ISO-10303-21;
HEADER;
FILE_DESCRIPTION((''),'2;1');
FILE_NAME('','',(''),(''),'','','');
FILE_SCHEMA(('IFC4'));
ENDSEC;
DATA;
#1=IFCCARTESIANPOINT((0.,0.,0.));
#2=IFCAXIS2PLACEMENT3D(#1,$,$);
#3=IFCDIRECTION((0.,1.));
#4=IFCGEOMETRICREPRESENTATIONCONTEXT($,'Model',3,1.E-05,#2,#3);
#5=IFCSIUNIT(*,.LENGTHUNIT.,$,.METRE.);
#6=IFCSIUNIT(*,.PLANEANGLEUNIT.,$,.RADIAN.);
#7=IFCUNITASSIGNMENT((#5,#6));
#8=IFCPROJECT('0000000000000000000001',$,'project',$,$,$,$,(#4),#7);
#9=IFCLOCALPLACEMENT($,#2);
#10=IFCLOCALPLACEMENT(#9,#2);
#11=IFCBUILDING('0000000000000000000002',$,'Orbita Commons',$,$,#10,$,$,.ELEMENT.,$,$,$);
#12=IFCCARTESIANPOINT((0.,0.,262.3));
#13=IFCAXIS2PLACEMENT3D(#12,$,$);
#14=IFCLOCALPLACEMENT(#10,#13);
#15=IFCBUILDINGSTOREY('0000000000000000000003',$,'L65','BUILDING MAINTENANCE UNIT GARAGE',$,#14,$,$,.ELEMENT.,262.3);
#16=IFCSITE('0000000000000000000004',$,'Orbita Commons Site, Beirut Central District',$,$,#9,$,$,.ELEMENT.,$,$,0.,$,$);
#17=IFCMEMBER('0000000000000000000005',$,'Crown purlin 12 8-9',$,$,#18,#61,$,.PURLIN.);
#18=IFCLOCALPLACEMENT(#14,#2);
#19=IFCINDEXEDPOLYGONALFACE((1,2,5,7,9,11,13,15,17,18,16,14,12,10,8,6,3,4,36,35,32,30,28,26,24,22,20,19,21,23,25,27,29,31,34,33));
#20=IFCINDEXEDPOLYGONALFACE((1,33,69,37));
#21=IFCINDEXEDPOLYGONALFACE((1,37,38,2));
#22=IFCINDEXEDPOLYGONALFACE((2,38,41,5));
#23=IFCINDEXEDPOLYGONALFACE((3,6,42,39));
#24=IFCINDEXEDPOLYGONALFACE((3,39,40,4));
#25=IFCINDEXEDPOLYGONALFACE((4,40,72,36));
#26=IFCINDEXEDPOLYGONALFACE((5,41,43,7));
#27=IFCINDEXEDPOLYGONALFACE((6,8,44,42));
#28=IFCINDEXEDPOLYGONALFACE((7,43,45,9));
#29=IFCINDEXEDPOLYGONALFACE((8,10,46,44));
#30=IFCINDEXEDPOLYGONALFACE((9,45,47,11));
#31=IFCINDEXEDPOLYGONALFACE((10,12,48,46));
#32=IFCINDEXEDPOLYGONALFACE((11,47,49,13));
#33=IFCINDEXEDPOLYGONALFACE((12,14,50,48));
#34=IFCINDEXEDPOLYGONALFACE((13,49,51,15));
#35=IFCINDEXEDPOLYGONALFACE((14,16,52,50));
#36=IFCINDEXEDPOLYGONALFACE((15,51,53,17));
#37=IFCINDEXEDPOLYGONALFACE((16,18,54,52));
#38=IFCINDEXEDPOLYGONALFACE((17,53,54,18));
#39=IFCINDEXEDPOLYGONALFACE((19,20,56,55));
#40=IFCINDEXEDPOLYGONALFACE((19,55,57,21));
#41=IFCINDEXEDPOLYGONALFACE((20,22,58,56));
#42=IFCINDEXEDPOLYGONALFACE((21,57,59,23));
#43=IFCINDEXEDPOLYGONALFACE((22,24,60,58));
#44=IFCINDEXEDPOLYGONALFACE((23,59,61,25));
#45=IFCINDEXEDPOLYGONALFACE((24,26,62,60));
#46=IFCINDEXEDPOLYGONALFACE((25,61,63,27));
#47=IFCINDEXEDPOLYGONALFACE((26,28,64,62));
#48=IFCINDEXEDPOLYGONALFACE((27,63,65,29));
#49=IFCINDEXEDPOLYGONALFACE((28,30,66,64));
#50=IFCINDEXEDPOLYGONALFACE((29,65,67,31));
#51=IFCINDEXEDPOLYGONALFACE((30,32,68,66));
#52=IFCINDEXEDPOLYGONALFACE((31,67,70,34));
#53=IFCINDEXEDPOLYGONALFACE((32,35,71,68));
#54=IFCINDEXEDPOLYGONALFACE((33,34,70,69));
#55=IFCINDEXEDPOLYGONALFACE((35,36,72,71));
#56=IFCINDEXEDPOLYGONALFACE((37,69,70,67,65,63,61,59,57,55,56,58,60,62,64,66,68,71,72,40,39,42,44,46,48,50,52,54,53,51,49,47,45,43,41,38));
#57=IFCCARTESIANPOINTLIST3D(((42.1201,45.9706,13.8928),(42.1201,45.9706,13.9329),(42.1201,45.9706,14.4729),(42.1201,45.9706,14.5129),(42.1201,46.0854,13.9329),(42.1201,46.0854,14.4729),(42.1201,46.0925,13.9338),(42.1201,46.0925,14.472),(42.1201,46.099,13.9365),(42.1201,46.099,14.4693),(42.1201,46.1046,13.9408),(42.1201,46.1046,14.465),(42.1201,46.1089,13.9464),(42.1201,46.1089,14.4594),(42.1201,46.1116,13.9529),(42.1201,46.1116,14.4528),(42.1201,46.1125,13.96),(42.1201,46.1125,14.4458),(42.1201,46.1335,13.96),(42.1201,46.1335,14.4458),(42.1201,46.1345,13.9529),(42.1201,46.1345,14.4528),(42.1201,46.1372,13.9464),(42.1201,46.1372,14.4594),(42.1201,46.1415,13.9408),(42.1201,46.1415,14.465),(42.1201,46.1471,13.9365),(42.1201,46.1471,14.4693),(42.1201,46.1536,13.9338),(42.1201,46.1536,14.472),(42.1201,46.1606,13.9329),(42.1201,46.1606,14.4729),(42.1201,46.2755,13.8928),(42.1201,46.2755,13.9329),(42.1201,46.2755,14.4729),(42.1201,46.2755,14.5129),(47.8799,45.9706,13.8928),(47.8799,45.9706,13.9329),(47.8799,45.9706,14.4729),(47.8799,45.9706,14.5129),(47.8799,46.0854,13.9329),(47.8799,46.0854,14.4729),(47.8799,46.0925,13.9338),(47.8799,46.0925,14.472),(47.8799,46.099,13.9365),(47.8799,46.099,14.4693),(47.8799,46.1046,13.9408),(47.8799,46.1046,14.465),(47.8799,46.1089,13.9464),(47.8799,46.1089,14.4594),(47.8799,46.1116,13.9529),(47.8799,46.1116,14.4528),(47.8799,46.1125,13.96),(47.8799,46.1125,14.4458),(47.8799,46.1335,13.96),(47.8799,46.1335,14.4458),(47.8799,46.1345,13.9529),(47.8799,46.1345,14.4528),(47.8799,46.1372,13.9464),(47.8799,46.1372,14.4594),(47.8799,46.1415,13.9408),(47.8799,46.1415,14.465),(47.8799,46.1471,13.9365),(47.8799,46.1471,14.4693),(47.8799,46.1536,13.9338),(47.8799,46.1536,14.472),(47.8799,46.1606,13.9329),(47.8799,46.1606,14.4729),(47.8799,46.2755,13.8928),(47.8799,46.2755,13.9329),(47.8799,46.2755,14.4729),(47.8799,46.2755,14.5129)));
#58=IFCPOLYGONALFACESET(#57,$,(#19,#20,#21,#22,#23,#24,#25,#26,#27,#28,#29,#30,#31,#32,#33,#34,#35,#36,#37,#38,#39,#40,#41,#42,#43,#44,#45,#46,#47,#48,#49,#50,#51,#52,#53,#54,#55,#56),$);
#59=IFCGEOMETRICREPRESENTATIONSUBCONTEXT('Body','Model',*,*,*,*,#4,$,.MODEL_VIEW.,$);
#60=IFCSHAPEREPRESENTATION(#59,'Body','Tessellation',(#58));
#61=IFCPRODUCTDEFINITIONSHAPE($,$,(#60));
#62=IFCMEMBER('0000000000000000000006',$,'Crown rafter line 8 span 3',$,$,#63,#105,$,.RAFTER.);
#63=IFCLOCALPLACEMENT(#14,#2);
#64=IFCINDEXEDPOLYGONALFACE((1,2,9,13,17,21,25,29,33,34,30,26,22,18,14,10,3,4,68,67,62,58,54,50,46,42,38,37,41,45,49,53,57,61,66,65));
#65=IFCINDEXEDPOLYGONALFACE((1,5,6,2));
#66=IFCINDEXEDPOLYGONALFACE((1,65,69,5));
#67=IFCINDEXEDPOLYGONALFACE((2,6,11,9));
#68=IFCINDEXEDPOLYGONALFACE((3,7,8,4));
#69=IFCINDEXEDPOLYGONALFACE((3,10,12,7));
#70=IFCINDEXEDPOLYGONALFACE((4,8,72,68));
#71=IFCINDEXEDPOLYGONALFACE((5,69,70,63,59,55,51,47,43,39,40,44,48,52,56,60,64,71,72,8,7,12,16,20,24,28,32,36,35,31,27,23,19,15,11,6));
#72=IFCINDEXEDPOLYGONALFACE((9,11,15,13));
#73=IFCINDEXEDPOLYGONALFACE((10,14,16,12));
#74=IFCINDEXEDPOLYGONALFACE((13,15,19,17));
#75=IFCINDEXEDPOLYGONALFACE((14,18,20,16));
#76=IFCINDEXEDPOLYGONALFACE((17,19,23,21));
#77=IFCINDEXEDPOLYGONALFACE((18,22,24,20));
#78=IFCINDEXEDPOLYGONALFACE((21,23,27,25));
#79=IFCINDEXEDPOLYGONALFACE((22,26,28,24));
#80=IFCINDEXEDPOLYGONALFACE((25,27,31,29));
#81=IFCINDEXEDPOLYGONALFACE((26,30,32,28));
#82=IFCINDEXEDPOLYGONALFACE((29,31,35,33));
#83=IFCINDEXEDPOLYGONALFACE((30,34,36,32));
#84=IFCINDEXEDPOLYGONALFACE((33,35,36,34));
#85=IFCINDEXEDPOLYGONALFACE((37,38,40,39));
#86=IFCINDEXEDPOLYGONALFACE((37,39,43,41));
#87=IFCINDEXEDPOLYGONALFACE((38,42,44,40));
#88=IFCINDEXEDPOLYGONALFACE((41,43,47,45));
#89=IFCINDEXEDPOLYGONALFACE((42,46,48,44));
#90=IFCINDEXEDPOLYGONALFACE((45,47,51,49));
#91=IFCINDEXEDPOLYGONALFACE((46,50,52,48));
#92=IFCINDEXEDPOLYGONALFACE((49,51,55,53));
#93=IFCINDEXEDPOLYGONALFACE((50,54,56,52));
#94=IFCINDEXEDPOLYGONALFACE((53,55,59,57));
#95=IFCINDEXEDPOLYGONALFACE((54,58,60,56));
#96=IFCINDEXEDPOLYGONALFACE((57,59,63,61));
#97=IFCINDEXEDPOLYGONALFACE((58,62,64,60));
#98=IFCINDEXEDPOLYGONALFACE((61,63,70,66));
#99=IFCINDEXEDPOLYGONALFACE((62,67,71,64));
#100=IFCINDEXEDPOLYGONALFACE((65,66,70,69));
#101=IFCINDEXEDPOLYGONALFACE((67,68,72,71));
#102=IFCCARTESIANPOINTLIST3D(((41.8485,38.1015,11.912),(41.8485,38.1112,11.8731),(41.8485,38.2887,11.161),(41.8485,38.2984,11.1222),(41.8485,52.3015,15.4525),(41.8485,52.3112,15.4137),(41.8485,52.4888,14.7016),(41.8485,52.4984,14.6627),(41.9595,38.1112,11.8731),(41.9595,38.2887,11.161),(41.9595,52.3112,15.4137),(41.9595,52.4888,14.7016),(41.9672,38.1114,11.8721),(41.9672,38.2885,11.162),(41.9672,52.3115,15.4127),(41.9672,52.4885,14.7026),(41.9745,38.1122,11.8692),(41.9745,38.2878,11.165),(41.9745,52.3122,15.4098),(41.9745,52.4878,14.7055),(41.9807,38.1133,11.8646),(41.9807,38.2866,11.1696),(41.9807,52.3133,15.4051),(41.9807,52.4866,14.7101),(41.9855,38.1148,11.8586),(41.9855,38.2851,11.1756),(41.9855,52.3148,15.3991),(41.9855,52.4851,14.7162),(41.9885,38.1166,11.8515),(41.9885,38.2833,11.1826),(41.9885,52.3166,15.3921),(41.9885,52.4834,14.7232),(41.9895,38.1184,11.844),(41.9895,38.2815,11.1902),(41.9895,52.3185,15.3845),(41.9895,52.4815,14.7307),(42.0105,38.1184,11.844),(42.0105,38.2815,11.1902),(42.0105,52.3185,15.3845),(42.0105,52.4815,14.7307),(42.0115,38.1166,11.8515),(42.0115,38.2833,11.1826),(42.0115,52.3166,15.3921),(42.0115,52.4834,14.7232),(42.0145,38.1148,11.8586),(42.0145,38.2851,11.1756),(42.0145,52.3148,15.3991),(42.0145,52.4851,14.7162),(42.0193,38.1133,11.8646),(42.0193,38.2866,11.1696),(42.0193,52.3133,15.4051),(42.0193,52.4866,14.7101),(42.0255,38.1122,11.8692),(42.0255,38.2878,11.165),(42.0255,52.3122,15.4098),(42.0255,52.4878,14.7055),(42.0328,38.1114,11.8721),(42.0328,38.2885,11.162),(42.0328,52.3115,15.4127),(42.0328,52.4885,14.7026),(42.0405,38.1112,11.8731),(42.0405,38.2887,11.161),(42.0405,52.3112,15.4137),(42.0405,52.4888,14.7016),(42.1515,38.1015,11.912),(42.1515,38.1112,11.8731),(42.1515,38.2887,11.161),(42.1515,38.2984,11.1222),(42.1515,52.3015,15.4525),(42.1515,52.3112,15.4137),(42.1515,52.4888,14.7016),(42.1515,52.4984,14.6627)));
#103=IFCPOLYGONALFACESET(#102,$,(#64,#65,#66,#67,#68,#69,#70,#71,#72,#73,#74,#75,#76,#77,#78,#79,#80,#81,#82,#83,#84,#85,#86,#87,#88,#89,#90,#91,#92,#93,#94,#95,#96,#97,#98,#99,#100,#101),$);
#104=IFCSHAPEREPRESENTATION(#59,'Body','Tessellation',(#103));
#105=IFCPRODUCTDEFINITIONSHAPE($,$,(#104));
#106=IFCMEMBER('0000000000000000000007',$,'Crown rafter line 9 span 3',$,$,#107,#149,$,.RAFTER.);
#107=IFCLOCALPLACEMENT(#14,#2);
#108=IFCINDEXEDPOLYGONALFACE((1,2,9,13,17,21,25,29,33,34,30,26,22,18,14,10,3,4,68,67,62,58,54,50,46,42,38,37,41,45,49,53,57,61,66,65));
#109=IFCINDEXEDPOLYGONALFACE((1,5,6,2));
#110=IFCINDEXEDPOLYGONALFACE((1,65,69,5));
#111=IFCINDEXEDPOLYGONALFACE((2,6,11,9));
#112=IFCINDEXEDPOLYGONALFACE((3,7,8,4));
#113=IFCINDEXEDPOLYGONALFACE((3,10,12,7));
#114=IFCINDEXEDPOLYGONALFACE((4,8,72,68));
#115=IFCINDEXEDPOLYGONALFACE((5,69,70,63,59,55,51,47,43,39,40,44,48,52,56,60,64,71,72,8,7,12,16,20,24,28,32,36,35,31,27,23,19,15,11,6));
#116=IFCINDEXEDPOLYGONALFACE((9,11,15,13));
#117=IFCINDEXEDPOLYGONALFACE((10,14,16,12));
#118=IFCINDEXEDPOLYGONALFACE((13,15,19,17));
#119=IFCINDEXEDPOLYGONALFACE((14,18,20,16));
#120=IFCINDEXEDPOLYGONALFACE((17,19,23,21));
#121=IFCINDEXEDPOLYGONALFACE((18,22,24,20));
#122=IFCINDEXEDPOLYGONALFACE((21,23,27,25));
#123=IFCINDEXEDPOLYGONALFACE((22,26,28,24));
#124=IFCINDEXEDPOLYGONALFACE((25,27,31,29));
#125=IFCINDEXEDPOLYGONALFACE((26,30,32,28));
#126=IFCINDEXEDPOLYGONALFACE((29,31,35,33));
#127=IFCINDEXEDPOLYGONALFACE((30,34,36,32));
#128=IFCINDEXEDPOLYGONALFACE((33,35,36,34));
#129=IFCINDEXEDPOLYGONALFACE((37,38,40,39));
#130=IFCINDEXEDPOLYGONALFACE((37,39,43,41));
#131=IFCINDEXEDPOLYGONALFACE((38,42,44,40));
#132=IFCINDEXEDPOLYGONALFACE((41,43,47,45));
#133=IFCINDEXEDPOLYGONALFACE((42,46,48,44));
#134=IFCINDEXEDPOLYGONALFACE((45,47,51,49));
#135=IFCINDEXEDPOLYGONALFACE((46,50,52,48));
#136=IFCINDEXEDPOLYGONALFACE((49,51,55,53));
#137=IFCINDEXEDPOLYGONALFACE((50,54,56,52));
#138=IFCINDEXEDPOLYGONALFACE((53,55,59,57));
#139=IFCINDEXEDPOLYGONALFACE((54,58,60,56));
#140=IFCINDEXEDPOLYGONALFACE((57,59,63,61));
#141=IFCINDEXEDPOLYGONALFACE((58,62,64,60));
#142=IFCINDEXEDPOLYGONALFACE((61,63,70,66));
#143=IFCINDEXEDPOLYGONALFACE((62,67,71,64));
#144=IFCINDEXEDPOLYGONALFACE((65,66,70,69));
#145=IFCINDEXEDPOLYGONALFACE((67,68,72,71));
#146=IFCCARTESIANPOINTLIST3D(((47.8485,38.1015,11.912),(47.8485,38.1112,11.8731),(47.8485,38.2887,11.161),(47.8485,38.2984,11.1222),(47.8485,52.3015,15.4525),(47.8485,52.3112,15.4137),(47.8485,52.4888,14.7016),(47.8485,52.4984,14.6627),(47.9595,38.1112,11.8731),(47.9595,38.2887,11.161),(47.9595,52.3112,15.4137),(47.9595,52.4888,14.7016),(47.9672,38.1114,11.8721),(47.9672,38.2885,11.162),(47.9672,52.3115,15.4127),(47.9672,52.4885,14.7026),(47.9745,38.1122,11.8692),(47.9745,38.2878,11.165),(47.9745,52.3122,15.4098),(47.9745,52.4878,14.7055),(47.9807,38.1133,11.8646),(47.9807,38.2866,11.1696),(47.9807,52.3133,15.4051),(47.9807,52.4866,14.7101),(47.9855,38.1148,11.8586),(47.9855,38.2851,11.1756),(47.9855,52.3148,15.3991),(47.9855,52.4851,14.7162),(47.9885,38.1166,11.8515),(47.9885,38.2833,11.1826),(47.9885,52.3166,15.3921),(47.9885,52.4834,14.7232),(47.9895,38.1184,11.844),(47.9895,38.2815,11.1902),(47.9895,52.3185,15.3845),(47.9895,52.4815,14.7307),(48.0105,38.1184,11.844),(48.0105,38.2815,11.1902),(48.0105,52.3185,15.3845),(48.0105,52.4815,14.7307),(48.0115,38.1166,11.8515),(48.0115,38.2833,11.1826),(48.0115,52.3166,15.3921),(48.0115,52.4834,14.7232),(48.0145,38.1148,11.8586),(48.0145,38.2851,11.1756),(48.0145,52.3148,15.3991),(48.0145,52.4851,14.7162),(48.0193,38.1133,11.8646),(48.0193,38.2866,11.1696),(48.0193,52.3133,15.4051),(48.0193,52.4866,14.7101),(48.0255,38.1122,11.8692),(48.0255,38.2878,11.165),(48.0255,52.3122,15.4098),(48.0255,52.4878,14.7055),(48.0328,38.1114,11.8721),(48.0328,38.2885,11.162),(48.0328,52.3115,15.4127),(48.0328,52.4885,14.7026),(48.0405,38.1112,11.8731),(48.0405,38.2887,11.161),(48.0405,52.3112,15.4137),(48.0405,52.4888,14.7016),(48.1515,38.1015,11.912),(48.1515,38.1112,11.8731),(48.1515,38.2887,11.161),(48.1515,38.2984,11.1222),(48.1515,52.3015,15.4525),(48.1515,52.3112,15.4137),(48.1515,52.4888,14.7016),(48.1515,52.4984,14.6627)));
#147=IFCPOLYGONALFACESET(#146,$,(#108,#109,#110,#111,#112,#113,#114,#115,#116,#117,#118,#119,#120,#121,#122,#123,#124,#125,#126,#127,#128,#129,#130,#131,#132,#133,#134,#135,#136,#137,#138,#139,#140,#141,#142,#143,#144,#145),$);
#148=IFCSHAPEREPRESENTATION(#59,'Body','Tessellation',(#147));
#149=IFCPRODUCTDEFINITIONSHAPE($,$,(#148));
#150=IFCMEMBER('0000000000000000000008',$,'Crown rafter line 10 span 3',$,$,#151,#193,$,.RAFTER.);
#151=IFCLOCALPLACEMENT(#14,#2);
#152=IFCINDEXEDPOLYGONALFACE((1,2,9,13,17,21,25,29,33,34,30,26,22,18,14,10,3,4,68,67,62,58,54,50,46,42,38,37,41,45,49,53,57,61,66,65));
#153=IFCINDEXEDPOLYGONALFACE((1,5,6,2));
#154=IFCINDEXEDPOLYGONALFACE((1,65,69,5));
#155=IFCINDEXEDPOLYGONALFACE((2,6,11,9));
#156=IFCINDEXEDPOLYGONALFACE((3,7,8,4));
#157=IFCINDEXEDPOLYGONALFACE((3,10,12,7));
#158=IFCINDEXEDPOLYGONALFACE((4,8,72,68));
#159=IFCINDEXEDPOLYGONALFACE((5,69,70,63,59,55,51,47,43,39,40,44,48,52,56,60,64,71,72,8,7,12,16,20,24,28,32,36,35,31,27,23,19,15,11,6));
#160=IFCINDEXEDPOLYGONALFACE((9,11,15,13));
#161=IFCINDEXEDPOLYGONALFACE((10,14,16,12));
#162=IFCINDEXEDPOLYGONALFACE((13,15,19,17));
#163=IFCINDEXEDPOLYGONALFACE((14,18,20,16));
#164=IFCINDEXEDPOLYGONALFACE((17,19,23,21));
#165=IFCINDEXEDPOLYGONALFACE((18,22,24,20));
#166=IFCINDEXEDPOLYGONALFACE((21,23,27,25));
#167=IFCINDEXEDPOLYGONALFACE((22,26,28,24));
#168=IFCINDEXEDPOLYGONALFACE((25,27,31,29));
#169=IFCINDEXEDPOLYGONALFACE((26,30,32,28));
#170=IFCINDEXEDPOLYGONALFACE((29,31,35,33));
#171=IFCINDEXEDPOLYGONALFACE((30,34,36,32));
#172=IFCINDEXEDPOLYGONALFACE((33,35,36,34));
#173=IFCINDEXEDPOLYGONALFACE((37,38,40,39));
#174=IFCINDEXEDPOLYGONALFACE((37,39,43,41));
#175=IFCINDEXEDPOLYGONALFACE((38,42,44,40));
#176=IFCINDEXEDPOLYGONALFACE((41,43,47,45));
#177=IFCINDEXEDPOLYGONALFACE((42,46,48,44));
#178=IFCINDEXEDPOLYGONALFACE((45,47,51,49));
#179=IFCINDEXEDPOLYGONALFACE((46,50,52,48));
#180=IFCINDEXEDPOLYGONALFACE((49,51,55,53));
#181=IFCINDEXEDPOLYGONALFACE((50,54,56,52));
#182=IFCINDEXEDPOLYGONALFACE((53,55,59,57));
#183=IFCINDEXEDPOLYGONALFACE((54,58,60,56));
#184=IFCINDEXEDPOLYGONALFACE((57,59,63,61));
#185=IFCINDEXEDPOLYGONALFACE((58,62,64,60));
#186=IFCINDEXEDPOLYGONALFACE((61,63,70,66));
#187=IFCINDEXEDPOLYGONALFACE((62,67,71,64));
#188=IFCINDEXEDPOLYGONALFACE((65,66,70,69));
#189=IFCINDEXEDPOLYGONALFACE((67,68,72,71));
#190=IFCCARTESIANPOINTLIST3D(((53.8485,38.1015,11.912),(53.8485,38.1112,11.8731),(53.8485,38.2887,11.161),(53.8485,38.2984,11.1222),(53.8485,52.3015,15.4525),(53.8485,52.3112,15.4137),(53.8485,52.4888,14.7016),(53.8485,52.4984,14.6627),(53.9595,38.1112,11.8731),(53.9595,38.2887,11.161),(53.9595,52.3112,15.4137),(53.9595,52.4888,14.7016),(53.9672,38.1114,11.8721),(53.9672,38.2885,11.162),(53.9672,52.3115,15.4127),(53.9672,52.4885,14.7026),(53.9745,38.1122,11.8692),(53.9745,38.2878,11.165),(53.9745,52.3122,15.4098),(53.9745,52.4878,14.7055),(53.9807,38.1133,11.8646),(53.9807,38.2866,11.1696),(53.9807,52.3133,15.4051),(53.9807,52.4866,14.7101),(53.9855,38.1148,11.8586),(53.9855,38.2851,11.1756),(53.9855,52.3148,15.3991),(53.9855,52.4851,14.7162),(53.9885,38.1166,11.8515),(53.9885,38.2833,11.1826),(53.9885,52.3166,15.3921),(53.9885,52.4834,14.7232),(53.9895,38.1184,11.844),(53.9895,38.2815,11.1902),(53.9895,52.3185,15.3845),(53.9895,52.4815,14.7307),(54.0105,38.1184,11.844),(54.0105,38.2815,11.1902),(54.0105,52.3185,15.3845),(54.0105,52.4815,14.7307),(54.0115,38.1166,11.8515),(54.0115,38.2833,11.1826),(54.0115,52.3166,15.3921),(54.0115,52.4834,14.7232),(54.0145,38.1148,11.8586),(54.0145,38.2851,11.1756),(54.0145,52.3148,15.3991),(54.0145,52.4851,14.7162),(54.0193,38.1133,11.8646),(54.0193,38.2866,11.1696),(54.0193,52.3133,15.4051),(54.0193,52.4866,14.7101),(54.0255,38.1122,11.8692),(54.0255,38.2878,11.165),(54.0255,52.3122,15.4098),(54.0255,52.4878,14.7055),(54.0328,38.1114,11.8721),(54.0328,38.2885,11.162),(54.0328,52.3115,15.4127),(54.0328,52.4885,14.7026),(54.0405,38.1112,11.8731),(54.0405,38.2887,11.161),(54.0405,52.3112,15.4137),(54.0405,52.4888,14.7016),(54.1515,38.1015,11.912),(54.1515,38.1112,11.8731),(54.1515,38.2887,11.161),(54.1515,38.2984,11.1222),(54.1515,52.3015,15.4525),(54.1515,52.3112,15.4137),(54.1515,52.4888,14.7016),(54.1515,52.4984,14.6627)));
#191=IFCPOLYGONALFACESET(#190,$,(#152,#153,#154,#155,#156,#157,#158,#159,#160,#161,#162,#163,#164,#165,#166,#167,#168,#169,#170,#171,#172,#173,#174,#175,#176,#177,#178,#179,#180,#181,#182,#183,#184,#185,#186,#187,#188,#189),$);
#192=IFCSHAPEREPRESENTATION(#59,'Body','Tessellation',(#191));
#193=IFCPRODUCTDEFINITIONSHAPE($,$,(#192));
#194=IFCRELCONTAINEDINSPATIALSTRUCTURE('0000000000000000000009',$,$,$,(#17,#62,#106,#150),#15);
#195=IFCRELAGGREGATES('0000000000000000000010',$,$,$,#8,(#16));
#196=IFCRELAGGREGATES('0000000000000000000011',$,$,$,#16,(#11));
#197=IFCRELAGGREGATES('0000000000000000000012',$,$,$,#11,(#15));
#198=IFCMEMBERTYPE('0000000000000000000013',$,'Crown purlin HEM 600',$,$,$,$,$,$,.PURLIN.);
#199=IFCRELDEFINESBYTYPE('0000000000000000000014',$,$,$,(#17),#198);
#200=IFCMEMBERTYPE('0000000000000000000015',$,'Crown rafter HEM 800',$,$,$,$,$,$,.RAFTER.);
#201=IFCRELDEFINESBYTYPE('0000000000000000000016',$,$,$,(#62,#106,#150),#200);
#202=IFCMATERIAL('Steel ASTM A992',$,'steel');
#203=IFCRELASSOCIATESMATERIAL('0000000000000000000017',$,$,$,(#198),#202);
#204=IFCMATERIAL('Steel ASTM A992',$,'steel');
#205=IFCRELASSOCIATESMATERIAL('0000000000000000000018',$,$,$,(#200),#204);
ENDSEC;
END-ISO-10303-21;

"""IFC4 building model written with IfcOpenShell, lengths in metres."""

from ifc_helpers import new_model, si_unit, direction, frame, origin, origin_2d, place, context, subcontext, project, spatial, i_section, extrude, material, material_profile, profile_set, type_object, element, save


model = new_model("IFC4")

# Units and contexts
model_context = context("Model", 3, precision=1e-05, world=origin(), true_north=direction((0.0, 1.0)))
body_context = subcontext(model_context, "Body", "Model", "MODEL_VIEW")
ifc_project = project(units=[si_unit("LENGTHUNIT", "METRE"), si_unit("PLANEANGLEUNIT", "RADIAN")], contexts=[model_context])

# Site, building, storey
site_placement = place(None, origin())
site = spatial("IfcSite", under=ifc_project, at=site_placement, Name="Orbita Commons Site, Beirut Central District", CompositionType="ELEMENT", RefElevation=0.0)
building_placement = place(site_placement, origin())
building = spatial("IfcBuilding", under=site, at=building_placement, Name="Orbita Commons", CompositionType="ELEMENT")
storey_placement = place(building_placement, frame((0.0, 0.0, 262.3)))
storey = spatial("IfcBuildingStorey", under=building, at=storey_placement, Name="L65", Description="BUILDING MAINTENANCE UNIT GARAGE", CompositionType="ELEMENT", Elevation=262.3)

# Members
ifc_material_1 = material(Name="Steel ASTM A992", Category="steel")
ifc_material_profile_1 = material_profile(ifc_material_1, i_section(OverallWidth=0.3049, OverallDepth=0.6201, WebThickness=0.021, FlangeThickness=0.04, FilletRadius=0.0271, at=origin_2d()), Name="HEM 600")
ifc_profile_set_1 = profile_set([ifc_material_profile_1], Name="Steel ASTM A992")
member_type_1 = type_object("IfcMemberType", Name="Crown purlin HEM 600", PredefinedType="PURLIN", material=ifc_profile_set_1)
for number, where, z_axis, x_axis, name in (
    (1, (42.1201, 46.123, 14.2029), (1.0, 0.0, 0.0), (0.0, 1.0, 0.0), "Crown purlin 12 8-9"),
):
    element("IfcMember", number, at=place(storey_placement, frame(where, z_axis=z_axis, x_axis=x_axis)), inside=storey, type_object=member_type_1, Name=name, PredefinedType="PURLIN", context=body_context, shape_type="SweptSolid", body=[
        extrude(i_section(OverallWidth=0.3049, OverallDepth=0.6201, WebThickness=0.021, FlangeThickness=0.04, FilletRadius=0.0271, at=origin_2d()), origin(), (0.0, 0.0, 1.0), 5.7598),
    ])
ifc_material_2 = material(Name="Steel ASTM A992", Category="steel")
ifc_material_profile_2 = material_profile(ifc_material_2, i_section(OverallWidth=0.303, OverallDepth=0.814, WebThickness=0.021, FlangeThickness=0.04, FilletRadius=0.03, at=origin_2d()), Name="HEM 800")
ifc_profile_set_2 = profile_set([ifc_material_profile_2], Name="Steel ASTM A992")
member_type_2 = type_object("IfcMemberType", Name="Crown rafter HEM 800", PredefinedType="RAFTER", material=ifc_profile_set_2)
for number, where, z_axis, x_axis, name in (
    (2, (42.0, 38.2, 11.5171), (0.0, 0.970294, 0.241927), (-1.0, 0.0, 0.0), "Crown rafter line 8 span 3"),
    (3, (48.0, 38.2, 11.5171), (0.0, 0.970294, 0.241927), (-1.0, 0.0, 0.0), "Crown rafter line 9 span 3"),
    (4, (54.0, 38.2, 11.5171), (0.0, 0.970294, 0.241927), (-1.0, 0.0, 0.0), "Crown rafter line 10 span 3"),
):
    element("IfcMember", number, at=place(storey_placement, frame(where, z_axis=z_axis, x_axis=x_axis)), inside=storey, type_object=member_type_2, Name=name, PredefinedType="RAFTER", context=body_context, shape_type="SweptSolid", body=[
        extrude(i_section(OverallWidth=0.303, OverallDepth=0.814, WebThickness=0.021, FlangeThickness=0.04, FilletRadius=0.03, at=origin_2d()), origin(), (0.0, 0.0, 1.0), 14.6348),
    ])

save(model, "model.ifc")
